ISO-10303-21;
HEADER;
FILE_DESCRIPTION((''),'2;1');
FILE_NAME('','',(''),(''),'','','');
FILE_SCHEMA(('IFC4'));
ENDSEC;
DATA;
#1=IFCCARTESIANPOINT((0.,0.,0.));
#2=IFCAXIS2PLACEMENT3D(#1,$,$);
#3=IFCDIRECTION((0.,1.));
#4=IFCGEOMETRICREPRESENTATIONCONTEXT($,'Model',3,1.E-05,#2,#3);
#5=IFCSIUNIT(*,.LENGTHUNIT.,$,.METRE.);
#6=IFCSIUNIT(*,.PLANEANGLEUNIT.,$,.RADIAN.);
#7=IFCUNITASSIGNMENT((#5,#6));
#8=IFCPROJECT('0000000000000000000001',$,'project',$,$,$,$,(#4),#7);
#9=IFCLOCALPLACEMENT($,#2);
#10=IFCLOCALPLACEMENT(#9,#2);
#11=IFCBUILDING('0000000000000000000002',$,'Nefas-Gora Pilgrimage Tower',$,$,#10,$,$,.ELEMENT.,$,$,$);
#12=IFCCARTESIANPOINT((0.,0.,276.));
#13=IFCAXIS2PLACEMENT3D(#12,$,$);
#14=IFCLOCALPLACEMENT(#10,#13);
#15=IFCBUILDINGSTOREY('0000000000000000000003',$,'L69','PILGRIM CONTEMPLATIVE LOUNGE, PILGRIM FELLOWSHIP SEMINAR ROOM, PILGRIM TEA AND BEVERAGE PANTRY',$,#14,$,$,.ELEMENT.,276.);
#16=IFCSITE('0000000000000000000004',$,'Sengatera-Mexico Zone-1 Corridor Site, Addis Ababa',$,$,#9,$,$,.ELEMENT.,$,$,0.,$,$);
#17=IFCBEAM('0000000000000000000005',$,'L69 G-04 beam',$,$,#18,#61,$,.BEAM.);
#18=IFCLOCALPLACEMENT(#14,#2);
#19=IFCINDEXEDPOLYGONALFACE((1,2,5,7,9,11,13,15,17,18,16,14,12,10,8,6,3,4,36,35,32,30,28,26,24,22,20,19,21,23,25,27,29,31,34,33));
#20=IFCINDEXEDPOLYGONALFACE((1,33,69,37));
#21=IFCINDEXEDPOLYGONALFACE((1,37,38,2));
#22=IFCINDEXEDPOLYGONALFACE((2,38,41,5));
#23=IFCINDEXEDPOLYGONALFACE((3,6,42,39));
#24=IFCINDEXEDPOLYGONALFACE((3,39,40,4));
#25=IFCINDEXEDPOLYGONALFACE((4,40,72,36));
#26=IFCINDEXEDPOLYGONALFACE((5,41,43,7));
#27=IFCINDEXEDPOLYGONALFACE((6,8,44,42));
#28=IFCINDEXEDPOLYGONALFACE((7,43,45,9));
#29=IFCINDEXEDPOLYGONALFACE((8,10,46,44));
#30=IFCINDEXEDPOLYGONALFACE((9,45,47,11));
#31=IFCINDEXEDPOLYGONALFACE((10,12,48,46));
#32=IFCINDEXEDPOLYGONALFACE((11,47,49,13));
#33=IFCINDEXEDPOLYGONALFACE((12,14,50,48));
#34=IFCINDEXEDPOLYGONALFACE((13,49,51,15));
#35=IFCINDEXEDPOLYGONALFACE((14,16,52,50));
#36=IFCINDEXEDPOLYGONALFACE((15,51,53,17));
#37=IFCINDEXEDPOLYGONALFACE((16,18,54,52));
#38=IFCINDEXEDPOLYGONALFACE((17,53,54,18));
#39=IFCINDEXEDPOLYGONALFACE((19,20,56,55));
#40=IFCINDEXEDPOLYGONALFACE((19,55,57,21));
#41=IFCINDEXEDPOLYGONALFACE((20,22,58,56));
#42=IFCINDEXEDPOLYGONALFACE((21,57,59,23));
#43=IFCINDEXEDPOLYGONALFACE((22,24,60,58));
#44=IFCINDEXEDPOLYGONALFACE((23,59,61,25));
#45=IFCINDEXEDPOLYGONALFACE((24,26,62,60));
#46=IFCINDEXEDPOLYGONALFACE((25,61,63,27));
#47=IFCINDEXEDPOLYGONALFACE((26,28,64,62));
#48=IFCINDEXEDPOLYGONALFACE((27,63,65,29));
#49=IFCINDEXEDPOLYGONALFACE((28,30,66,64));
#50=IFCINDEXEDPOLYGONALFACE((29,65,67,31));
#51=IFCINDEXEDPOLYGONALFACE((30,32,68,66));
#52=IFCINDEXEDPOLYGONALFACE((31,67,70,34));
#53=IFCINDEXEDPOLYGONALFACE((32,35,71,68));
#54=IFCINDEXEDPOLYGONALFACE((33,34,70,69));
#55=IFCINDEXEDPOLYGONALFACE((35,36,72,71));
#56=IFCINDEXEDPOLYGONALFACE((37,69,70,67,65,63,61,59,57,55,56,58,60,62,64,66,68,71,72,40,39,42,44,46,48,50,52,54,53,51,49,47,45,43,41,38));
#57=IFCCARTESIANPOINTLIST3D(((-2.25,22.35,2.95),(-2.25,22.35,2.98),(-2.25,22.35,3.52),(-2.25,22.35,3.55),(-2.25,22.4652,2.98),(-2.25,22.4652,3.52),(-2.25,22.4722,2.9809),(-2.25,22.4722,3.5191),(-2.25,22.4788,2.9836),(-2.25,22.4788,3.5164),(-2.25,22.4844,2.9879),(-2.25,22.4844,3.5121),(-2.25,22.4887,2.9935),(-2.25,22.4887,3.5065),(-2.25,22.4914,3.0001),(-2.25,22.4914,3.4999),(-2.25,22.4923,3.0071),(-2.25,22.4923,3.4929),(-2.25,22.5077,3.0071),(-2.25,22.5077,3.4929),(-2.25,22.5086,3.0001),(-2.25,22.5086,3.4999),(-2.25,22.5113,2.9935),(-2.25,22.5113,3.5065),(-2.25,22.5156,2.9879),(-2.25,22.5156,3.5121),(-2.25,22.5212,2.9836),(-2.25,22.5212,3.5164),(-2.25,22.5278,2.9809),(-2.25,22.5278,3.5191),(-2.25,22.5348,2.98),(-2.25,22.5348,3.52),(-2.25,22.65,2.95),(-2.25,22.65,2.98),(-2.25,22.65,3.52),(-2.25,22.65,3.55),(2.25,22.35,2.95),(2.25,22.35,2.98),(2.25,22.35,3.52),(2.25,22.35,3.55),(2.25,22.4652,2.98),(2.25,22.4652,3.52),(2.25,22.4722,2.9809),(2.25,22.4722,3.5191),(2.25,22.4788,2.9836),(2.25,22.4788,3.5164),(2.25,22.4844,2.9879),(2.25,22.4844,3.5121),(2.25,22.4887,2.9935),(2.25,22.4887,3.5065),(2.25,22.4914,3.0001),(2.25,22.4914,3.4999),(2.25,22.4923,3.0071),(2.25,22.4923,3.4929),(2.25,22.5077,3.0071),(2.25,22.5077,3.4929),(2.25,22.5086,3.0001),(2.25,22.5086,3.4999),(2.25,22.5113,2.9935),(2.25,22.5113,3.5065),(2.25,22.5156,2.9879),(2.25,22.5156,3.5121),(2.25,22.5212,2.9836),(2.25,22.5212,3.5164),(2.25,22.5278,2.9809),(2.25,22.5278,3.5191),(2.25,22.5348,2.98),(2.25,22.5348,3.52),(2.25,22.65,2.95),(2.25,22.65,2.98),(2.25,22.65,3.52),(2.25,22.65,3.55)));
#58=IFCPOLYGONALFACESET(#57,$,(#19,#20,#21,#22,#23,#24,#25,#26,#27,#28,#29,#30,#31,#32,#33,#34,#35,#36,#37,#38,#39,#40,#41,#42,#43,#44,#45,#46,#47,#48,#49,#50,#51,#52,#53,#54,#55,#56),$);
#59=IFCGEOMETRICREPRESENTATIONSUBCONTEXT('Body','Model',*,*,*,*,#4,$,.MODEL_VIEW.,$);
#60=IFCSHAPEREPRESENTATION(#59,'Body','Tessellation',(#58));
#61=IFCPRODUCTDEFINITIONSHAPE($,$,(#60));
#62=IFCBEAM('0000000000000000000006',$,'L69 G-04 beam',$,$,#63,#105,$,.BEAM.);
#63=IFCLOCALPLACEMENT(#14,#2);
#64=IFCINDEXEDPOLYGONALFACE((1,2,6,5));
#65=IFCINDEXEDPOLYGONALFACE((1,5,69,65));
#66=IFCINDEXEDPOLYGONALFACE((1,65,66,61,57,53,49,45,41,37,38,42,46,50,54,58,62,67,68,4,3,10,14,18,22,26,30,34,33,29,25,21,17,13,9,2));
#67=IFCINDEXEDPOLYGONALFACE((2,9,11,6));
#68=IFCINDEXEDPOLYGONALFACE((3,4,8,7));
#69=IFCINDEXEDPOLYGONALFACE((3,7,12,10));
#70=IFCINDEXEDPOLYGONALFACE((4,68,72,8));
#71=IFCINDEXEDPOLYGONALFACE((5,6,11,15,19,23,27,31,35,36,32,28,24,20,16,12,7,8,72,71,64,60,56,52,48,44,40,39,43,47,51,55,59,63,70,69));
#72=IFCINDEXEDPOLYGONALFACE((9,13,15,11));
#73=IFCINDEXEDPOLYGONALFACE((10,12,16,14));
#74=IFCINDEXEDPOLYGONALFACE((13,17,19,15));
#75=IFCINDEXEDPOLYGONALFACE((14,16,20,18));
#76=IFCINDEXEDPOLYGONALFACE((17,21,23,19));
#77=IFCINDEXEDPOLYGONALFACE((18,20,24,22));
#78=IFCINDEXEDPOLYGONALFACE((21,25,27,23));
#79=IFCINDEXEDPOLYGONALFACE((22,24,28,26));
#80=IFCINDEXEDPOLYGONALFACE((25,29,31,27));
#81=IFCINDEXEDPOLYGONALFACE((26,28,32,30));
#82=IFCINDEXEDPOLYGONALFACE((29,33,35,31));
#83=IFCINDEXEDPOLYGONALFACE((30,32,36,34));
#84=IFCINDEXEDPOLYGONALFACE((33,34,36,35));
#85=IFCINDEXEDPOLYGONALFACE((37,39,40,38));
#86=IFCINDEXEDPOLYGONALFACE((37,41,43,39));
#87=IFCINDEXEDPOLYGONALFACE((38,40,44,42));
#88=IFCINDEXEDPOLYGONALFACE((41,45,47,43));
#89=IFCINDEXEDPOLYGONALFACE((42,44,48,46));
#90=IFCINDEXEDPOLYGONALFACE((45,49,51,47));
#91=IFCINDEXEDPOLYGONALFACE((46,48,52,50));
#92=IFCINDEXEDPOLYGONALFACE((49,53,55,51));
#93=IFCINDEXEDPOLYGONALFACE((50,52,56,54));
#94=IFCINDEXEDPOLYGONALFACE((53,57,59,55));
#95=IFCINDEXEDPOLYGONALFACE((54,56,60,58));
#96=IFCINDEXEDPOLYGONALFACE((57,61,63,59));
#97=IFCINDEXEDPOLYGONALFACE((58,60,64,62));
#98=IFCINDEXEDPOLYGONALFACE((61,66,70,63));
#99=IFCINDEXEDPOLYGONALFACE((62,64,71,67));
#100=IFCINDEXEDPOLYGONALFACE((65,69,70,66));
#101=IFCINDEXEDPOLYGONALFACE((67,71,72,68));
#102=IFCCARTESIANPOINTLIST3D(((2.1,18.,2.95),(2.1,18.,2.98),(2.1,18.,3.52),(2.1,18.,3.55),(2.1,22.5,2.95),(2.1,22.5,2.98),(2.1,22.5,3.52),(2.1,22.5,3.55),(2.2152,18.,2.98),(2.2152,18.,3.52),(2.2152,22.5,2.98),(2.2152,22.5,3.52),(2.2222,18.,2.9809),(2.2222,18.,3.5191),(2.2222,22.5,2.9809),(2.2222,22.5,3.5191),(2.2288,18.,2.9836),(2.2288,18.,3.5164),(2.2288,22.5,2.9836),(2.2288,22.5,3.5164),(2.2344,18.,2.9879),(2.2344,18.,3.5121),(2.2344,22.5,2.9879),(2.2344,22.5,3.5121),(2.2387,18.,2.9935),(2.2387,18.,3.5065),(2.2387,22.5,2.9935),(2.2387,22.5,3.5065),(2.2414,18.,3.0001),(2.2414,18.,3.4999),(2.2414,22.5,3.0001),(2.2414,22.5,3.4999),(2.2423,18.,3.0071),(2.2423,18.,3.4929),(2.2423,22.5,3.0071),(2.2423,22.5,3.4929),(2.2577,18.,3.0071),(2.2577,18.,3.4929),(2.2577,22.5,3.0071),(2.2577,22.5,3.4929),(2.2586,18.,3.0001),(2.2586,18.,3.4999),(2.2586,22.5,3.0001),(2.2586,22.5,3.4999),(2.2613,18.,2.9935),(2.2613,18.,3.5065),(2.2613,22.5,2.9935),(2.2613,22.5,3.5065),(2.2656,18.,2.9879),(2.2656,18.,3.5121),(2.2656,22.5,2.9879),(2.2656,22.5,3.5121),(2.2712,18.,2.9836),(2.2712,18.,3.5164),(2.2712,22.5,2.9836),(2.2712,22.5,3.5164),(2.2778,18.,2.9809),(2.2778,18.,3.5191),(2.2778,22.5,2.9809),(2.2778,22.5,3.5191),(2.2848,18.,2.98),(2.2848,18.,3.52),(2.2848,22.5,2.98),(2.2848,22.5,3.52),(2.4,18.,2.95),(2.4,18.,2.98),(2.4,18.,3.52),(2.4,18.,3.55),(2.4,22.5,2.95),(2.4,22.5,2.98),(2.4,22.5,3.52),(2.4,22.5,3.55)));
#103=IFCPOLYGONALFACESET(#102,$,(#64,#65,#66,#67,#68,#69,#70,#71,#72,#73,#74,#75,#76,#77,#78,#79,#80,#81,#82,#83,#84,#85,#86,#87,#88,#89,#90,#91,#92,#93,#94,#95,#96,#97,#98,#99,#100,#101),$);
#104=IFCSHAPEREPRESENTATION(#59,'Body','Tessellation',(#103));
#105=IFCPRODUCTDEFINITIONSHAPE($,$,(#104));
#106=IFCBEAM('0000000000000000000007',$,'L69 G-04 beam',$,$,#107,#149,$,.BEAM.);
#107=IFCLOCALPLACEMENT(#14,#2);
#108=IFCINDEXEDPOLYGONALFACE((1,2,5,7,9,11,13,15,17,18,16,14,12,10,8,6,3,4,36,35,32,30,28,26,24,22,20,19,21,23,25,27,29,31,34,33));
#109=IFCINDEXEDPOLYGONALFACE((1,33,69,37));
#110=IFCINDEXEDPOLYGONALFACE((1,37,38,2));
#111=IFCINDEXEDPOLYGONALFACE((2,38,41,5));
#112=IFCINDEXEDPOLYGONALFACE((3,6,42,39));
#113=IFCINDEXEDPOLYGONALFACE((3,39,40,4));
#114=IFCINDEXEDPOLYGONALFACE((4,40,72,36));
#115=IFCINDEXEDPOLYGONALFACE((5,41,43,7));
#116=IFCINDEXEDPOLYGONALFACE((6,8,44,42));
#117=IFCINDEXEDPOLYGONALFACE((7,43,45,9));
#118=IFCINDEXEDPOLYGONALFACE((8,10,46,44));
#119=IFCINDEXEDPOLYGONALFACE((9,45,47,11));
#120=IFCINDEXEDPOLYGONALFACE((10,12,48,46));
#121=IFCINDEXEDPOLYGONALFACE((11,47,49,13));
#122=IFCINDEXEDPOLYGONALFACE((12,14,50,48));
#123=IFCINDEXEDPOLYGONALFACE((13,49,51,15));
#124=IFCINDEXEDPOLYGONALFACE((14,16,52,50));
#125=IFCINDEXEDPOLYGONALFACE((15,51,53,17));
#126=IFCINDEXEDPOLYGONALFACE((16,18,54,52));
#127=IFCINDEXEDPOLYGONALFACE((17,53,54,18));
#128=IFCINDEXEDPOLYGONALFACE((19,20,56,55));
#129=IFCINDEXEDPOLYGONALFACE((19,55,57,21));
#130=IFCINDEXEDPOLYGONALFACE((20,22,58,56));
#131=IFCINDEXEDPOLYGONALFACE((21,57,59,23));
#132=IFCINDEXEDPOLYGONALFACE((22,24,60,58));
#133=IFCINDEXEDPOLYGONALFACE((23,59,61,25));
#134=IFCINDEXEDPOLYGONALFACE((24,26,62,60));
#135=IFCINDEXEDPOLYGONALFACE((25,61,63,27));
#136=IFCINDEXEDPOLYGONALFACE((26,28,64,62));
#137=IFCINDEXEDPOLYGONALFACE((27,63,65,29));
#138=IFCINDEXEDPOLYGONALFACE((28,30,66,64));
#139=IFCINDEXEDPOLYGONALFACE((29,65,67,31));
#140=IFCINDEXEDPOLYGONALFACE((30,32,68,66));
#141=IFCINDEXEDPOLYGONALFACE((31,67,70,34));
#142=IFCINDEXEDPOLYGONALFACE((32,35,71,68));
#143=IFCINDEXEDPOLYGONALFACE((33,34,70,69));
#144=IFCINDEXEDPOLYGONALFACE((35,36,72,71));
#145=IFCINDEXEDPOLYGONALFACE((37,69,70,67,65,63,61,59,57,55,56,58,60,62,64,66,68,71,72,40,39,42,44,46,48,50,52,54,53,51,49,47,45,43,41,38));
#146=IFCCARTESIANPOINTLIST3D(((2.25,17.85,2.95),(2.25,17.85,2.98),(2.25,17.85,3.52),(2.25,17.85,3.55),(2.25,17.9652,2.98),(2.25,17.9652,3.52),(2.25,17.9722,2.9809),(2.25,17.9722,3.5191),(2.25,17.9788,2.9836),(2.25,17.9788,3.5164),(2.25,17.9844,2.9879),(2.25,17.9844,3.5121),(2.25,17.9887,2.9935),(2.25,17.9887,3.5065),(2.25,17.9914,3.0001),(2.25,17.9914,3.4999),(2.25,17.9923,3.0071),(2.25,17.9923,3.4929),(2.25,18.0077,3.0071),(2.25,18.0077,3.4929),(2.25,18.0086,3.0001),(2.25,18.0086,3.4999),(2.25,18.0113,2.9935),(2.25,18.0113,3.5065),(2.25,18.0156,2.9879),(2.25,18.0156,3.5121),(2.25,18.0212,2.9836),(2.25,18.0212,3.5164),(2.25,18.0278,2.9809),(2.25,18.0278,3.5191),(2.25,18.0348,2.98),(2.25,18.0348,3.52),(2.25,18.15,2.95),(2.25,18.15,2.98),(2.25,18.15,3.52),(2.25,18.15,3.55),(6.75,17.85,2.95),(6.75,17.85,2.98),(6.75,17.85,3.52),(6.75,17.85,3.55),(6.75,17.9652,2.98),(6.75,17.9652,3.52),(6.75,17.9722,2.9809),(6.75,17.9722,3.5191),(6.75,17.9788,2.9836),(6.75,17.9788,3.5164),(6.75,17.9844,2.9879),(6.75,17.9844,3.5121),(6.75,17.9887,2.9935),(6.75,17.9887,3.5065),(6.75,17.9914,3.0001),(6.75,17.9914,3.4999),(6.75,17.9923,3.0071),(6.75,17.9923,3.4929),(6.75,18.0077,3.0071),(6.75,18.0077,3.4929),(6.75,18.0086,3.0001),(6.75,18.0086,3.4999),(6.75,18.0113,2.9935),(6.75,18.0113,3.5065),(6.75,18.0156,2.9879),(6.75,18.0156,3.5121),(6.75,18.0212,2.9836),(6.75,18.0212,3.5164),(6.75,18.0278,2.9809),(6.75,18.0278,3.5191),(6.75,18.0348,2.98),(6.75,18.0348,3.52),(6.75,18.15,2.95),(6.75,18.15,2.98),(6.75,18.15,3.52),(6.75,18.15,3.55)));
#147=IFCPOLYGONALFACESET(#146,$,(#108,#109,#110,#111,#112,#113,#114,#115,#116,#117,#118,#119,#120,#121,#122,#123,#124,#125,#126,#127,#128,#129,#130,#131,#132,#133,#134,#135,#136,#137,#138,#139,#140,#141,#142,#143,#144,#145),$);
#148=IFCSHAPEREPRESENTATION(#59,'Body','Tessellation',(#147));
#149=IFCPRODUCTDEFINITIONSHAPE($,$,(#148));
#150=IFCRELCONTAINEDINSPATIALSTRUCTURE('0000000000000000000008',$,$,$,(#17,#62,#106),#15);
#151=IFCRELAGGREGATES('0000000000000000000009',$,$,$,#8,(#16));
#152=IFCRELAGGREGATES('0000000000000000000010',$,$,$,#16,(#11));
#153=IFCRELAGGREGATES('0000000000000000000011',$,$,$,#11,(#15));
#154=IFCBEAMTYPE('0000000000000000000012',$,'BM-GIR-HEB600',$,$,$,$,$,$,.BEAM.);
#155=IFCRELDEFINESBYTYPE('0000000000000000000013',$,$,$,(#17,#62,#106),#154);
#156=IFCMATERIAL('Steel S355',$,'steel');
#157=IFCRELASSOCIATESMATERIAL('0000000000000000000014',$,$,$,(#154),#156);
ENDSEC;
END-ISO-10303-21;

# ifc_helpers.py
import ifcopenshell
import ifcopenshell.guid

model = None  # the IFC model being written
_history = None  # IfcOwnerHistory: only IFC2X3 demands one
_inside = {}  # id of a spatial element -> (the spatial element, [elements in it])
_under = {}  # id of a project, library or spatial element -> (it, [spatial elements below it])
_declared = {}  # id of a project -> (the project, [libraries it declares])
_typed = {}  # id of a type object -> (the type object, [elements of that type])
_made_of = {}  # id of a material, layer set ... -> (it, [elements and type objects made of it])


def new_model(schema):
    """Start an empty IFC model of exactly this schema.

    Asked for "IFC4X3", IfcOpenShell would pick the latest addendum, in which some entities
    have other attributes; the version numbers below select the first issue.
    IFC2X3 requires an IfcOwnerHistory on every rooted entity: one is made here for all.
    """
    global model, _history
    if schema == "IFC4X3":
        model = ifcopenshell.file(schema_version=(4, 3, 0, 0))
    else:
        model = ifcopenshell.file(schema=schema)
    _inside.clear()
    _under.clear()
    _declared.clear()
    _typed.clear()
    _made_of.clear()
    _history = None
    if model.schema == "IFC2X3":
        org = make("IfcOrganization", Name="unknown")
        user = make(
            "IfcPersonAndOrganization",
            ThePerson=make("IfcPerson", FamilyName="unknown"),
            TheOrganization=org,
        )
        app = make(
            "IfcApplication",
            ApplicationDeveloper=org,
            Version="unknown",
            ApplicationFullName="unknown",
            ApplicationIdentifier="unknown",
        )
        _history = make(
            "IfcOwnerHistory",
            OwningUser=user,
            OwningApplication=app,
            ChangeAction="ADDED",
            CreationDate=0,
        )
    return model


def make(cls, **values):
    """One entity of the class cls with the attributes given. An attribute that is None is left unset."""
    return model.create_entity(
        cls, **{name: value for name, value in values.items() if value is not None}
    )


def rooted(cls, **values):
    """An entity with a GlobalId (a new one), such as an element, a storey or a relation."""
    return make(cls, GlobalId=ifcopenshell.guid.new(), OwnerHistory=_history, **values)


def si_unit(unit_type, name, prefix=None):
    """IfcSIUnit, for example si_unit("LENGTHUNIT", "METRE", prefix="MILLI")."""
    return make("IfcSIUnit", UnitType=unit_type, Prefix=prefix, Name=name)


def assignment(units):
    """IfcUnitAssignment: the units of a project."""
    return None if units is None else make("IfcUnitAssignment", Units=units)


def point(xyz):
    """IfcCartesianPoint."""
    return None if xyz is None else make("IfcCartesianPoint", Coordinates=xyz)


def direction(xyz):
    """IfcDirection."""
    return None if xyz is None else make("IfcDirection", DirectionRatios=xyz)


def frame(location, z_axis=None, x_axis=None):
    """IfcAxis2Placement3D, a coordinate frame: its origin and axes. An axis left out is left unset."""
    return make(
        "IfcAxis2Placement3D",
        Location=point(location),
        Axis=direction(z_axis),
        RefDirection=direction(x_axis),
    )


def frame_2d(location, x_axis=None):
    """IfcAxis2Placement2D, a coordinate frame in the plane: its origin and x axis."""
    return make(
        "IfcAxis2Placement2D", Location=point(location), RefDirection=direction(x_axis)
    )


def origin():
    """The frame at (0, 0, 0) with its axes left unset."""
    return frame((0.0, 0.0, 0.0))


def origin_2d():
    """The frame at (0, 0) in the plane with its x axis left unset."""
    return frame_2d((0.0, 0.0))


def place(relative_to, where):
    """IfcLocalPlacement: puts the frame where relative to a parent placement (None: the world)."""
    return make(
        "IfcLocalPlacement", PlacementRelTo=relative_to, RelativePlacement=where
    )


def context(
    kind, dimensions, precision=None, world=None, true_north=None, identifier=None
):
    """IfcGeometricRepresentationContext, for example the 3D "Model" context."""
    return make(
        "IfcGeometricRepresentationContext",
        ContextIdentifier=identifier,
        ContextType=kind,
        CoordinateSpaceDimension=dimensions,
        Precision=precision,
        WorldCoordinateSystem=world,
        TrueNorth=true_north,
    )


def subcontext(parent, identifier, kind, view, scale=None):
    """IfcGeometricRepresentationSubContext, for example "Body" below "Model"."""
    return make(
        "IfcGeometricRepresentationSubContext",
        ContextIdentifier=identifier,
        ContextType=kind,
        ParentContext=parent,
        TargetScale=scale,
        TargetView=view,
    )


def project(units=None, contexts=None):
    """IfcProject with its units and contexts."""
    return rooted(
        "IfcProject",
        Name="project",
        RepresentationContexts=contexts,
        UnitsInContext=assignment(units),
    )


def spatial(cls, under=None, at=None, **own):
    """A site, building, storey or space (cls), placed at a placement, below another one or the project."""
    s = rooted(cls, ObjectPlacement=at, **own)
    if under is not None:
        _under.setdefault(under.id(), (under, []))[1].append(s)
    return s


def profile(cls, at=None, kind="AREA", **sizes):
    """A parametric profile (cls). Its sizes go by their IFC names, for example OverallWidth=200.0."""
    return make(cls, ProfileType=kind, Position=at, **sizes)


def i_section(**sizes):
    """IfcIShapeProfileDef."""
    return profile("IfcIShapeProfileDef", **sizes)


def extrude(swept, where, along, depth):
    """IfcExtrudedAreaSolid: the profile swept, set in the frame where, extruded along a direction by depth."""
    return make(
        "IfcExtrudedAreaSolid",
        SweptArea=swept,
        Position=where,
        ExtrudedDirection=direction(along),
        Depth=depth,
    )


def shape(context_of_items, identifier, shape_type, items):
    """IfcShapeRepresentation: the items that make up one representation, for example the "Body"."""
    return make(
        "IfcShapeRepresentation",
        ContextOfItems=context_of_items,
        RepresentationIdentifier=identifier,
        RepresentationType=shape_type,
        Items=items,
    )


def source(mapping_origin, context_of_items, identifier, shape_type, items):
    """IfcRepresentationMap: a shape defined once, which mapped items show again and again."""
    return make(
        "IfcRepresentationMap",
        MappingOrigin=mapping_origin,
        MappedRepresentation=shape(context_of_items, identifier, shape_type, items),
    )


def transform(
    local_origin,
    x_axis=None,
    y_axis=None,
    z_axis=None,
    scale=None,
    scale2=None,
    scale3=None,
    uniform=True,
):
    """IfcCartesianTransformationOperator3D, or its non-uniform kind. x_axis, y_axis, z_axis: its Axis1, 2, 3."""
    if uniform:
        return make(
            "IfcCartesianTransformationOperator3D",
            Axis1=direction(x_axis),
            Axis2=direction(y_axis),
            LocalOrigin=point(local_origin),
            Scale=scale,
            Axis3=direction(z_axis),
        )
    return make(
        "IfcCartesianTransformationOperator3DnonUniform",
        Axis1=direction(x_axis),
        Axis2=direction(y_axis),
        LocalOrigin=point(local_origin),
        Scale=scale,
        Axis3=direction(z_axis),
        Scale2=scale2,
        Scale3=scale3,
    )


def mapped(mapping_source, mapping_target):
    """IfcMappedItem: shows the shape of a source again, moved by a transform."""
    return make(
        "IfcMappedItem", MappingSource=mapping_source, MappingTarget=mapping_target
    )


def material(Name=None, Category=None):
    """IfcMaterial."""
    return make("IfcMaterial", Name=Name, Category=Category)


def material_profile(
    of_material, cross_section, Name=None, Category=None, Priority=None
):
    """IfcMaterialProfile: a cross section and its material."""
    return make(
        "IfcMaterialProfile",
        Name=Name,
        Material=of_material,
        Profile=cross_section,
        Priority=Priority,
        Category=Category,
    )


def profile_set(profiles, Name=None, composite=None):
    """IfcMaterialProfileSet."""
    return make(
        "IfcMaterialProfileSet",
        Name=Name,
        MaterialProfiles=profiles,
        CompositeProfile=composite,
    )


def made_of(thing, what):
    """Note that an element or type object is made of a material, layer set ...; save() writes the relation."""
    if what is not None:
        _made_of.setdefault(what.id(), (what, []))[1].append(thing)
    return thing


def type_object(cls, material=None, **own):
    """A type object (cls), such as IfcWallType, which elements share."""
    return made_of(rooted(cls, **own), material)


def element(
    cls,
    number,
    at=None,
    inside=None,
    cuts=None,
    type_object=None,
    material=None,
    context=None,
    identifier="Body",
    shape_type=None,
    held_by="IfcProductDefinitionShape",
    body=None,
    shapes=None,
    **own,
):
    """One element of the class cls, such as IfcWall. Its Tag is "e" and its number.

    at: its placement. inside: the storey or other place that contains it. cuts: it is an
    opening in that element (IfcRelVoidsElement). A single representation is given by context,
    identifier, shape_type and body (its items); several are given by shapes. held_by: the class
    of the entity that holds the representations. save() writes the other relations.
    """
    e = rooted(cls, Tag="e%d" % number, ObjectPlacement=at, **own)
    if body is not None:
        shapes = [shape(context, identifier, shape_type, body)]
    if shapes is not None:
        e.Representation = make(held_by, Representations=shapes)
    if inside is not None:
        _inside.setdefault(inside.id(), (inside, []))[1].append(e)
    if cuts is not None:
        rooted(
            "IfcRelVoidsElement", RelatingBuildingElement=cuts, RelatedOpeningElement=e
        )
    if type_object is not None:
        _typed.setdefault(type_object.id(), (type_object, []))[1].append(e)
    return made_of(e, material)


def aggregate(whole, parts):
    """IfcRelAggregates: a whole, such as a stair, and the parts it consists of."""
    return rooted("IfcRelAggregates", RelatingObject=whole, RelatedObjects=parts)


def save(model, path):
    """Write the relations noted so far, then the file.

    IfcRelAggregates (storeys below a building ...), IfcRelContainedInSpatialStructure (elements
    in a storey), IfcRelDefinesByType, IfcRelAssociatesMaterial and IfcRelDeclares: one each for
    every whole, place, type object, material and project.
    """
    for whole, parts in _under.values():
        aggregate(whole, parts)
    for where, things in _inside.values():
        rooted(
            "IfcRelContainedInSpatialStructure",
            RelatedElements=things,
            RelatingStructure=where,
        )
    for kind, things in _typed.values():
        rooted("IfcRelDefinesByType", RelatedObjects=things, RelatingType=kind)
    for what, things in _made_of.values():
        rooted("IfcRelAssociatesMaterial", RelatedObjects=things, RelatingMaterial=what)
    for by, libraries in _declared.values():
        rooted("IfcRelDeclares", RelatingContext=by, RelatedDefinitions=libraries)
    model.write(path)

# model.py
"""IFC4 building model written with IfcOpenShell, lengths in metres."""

from ifc_helpers import new_model, si_unit, direction, frame, origin, origin_2d, place, context, subcontext, project, spatial, i_section, extrude, source, transform, mapped, material, material_profile, profile_set, type_object, element, save


model = new_model("IFC4")

# Units and contexts
model_context = context("Model", 3, precision=1e-05, world=origin(), true_north=direction((0.0, 1.0)))
body_context = subcontext(model_context, "Body", "Model", "MODEL_VIEW")
ifc_project = project(units=[si_unit("LENGTHUNIT", "METRE"), si_unit("PLANEANGLEUNIT", "RADIAN")], contexts=[model_context])

# Site, building, storey
site_placement = place(None, origin())
site = spatial("IfcSite", under=ifc_project, at=site_placement, Name="Sengatera-Mexico Zone-1 Corridor Site, Addis Ababa", CompositionType="ELEMENT", RefElevation=0.0)
building_placement = place(site_placement, origin())
building = spatial("IfcBuilding", under=site, at=building_placement, Name="Nefas-Gora Pilgrimage Tower", CompositionType="ELEMENT")
storey_placement = place(building_placement, frame((0.0, 0.0, 276.0)))
storey = spatial("IfcBuildingStorey", under=building, at=storey_placement, Name="L69", Description="PILGRIM CONTEMPLATIVE LOUNGE, PILGRIM FELLOWSHIP SEMINAR ROOM, PILGRIM TEA AND BEVERAGE PANTRY", CompositionType="ELEMENT", Elevation=276.0)

# Shared definitions
ifc_material_1 = material(Name="Steel S355", Category="steel")

# Beams
ifc_material_profile_1 = material_profile(ifc_material_1, i_section(OverallWidth=0.3, OverallDepth=0.6001, WebThickness=0.0154, FlangeThickness=0.03, FilletRadius=0.0271, at=origin_2d()), Name="HEB 600")
ifc_profile_set_1 = profile_set([ifc_material_profile_1], Name="Steel S355")
beam_type = type_object("IfcBeamType", Name="BM-GIR-HEB600", PredefinedType="BEAM", material=ifc_profile_set_1)
shared_shape_1 = source(origin(), body_context, "Body", "SweptSolid", [
    extrude(i_section(OverallWidth=0.3, OverallDepth=0.6001, WebThickness=0.0154, FlangeThickness=0.03, FilletRadius=0.0271, at=origin_2d()), origin(), (0.0, 0.0, 1.0), 4.5),
])
for number, where, z_axis, x_axis, name in (
    (1, (-2.25, 22.5, 3.25), (1.0, 0.0, 0.0), (0.0, 1.0, 0.0), "L69 G-04 beam"),
    (2, (2.25, 18.0, 3.25), (0.0, 1.0, 0.0), (-1.0, 0.0, 0.0), "L69 G-04 beam"),
    (3, (2.25, 18.0, 3.25), (1.0, 0.0, 0.0), (0.0, 1.0, 0.0), "L69 G-04 beam"),
):
    element("IfcBeam", number, at=place(storey_placement, frame(where, z_axis=z_axis, x_axis=x_axis)), inside=storey, type_object=beam_type, Name=name, PredefinedType="BEAM", context=body_context, shape_type="MappedRepresentation", body=[
        mapped(shared_shape_1, transform((0.0, 0.0, 0.0), x_axis=(1.0, 0.0, 0.0), y_axis=(0.0, 1.0, 0.0), z_axis=(0.0, 0.0, 1.0), scale=1.0)),
    ])

save(model, "model.ifc")
